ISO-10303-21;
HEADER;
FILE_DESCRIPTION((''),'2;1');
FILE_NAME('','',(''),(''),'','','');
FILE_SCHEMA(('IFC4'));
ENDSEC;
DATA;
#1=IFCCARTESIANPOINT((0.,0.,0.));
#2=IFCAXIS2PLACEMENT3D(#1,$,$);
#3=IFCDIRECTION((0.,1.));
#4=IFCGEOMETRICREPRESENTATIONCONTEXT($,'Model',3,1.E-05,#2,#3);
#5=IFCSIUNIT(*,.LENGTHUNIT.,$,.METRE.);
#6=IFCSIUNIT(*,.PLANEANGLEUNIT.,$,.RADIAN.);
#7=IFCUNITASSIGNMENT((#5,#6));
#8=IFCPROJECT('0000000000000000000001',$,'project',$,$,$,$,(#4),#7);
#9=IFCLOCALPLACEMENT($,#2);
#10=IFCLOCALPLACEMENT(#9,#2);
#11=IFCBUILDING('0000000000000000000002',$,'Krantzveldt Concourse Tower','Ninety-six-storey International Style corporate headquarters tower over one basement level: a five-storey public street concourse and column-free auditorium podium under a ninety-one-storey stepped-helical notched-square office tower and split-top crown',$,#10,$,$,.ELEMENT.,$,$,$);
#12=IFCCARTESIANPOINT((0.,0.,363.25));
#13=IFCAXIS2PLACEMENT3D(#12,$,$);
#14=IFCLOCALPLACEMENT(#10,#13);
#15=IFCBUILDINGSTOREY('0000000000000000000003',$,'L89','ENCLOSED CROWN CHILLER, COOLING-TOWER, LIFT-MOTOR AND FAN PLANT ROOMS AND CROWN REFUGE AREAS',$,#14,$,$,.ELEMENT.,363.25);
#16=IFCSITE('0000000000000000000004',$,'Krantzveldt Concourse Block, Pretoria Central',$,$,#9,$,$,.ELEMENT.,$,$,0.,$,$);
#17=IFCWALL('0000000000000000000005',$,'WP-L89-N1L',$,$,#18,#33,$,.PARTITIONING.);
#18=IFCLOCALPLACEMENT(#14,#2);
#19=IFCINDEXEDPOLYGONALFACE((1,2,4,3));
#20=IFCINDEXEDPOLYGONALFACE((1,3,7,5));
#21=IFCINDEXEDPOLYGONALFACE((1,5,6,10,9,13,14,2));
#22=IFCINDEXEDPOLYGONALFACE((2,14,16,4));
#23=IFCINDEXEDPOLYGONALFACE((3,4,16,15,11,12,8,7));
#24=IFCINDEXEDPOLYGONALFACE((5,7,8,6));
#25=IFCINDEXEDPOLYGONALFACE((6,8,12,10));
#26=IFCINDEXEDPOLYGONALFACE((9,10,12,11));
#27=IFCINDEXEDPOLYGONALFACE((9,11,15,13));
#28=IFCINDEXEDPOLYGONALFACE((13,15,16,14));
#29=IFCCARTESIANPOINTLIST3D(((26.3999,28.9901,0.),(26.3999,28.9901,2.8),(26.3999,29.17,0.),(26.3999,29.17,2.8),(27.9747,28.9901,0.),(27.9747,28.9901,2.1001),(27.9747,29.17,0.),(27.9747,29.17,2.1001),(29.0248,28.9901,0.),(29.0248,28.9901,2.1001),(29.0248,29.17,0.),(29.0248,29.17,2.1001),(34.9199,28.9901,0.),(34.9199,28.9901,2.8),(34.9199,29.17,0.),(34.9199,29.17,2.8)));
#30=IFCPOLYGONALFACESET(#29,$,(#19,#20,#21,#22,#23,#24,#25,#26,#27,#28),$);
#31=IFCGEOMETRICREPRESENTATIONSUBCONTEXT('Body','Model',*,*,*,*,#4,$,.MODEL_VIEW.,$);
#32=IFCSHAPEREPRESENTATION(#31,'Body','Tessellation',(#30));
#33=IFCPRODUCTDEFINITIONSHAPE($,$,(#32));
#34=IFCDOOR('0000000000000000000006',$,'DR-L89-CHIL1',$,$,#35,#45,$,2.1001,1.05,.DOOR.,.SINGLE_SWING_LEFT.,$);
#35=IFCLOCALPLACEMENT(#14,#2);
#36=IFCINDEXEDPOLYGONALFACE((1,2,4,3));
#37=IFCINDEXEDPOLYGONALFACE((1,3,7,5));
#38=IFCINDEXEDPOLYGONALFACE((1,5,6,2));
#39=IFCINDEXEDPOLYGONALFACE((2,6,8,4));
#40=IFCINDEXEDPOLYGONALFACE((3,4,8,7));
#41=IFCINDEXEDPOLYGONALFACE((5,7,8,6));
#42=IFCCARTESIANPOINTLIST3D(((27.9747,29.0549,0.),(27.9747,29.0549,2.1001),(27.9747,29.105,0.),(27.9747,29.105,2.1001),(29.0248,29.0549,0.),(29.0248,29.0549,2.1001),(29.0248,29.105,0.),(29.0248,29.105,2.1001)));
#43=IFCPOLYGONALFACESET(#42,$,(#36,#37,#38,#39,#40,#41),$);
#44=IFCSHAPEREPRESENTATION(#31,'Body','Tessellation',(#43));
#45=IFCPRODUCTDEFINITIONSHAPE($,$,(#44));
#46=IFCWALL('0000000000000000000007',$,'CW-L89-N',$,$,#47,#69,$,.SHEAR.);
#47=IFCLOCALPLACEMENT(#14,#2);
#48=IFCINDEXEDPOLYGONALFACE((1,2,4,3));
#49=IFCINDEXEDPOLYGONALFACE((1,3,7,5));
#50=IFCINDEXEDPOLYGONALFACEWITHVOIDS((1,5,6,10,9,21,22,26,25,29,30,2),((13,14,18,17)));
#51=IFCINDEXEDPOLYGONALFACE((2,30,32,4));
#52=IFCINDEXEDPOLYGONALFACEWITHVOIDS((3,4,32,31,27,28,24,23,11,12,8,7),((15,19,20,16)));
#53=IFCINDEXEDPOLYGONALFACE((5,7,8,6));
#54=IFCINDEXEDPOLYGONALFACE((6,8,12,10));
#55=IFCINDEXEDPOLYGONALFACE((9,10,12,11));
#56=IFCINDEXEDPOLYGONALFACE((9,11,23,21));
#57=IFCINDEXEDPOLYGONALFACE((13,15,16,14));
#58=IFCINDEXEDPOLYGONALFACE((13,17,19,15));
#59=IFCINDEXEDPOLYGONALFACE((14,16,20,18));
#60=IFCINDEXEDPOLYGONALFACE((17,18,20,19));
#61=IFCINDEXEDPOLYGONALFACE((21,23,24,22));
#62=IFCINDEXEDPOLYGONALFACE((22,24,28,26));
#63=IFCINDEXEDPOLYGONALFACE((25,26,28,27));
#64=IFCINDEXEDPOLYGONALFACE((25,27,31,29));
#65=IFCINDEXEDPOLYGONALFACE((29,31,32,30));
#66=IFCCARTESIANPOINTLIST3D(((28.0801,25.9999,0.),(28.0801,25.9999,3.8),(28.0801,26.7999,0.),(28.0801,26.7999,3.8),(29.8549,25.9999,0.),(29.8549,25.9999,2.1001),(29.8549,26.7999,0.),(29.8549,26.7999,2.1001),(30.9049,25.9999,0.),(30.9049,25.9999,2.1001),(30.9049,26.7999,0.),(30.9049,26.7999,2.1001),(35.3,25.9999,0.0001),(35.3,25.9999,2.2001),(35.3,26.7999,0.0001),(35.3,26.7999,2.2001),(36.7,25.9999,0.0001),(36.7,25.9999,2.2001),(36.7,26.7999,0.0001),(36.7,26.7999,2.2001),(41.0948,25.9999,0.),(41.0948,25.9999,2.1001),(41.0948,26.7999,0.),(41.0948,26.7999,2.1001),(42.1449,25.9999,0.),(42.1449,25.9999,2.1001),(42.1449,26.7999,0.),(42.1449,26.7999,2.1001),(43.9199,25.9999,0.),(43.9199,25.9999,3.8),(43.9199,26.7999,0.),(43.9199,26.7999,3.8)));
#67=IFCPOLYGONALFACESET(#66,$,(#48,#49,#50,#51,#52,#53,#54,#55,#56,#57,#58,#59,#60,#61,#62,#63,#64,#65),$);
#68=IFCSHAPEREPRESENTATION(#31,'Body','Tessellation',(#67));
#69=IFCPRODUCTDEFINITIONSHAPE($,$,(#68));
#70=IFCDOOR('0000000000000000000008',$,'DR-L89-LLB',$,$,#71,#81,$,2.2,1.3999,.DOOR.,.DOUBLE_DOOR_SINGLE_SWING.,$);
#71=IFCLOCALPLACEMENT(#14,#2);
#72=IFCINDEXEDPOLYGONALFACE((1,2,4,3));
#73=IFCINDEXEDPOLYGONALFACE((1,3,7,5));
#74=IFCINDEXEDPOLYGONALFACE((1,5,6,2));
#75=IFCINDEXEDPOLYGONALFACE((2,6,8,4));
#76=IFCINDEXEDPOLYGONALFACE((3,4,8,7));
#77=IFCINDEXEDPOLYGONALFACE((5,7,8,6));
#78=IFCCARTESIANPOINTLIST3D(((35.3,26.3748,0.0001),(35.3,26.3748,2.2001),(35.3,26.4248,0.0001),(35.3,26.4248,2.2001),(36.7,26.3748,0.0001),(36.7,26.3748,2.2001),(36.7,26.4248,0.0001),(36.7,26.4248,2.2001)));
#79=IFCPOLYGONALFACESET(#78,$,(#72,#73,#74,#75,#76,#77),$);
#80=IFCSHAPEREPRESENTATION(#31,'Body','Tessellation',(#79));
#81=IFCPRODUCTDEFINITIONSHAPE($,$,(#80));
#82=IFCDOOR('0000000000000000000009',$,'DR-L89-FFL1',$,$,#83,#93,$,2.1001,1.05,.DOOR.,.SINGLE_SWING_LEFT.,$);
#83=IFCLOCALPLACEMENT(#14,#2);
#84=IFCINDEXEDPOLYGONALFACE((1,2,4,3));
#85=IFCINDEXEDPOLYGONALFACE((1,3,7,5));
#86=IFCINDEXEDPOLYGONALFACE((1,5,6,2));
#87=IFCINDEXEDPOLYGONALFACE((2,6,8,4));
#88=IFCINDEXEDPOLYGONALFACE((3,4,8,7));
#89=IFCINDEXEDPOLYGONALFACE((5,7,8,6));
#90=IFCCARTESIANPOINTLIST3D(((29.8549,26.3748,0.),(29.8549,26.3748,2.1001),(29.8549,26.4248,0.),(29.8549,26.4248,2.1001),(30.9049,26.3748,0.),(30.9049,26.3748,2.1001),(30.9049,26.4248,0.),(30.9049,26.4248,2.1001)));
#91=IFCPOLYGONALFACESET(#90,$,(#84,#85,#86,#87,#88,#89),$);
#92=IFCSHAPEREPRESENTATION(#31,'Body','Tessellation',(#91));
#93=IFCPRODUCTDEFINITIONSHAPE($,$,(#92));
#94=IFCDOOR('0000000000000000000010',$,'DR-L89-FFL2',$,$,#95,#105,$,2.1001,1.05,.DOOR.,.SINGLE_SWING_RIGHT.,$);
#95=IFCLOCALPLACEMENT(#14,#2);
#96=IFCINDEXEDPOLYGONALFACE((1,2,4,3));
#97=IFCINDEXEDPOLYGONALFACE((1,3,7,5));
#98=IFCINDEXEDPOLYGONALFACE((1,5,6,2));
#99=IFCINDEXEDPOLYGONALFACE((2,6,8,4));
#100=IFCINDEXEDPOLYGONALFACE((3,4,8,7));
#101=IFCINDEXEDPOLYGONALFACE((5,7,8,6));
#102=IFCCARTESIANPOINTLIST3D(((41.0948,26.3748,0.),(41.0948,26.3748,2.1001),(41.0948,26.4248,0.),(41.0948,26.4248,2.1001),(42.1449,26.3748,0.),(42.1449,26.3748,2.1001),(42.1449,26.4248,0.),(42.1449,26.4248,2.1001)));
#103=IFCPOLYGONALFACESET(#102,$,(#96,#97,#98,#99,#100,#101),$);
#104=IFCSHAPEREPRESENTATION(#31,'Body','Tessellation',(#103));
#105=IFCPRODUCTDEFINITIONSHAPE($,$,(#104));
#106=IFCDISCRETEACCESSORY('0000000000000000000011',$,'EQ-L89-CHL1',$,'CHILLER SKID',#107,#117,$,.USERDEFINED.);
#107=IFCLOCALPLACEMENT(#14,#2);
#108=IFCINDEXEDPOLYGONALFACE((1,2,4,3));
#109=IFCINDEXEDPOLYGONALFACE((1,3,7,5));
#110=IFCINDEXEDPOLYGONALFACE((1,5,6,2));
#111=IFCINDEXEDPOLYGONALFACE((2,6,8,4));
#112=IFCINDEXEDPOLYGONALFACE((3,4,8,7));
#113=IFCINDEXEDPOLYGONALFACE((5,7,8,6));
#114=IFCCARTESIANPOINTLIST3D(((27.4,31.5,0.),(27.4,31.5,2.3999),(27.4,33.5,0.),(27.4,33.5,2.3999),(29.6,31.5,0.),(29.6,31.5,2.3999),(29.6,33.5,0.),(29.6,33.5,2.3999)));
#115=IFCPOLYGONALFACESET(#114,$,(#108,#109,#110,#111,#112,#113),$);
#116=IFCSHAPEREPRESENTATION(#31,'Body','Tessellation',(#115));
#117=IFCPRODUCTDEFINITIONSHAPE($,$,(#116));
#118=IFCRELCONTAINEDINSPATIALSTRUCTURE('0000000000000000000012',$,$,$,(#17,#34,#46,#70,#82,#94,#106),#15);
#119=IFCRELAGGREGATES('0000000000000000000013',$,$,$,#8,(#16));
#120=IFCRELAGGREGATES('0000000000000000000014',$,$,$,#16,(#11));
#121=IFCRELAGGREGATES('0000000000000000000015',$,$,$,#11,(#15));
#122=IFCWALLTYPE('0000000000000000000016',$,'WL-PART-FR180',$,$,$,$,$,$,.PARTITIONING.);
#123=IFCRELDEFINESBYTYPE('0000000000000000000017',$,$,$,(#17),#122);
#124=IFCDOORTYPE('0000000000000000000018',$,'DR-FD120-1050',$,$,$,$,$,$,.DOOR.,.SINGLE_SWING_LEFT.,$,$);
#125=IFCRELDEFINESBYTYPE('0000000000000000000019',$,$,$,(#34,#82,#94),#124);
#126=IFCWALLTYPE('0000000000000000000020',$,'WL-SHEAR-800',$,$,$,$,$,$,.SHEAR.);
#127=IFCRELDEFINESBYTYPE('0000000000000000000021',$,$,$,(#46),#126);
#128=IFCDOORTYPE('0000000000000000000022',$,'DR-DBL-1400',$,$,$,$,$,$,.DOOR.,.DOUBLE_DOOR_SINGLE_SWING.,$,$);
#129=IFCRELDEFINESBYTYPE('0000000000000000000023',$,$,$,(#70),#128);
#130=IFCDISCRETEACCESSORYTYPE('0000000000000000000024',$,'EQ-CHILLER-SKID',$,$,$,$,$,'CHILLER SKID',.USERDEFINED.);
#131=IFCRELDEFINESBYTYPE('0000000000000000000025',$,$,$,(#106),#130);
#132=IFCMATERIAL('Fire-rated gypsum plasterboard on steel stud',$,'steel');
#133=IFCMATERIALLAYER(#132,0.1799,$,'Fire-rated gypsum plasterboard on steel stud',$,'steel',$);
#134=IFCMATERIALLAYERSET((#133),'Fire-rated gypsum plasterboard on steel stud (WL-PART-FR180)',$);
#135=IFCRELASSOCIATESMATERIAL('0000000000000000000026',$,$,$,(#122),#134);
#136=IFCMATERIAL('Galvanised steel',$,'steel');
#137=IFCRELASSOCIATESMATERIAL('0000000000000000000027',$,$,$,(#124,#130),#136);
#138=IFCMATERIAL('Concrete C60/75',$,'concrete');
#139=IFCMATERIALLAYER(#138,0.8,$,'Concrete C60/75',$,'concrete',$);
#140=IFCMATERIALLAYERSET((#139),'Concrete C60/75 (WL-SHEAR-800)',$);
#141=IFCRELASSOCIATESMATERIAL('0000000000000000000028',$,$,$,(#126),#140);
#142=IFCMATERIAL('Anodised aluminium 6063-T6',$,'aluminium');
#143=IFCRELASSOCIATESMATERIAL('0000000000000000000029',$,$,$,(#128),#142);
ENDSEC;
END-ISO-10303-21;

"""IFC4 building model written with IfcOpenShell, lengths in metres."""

from ifc_helpers import new_model, si_unit, direction, frame, frame_2d, origin, origin_2d, place, context, subcontext, project, spatial, rectangle, extrude, source, transform, mapped, material, layer, layer_set, type_object, type_shapes, element, fill, save


model = new_model("IFC4")

# Units and contexts
model_context = context("Model", 3, precision=1e-05, world=origin(), true_north=direction((0.0, 1.0)))
body_context = subcontext(model_context, "Body", "Model", "MODEL_VIEW")
ifc_project = project(units=[si_unit("LENGTHUNIT", "METRE"), si_unit("PLANEANGLEUNIT", "RADIAN")], contexts=[model_context])

# Site, building, storey
site_placement = place(None, origin())
site = spatial("IfcSite", under=ifc_project, at=site_placement, Name="Krantzveldt Concourse Block, Pretoria Central", CompositionType="ELEMENT", RefElevation=0.0)
building_placement = place(site_placement, origin())
building = spatial("IfcBuilding", under=site, at=building_placement, Name="Krantzveldt Concourse Tower", Description="Ninety-six-storey International Style corporate headquarters tower over one basement level: a five-storey public street concourse and column-free auditorium podium under a ninety-one-storey stepped-helical notched-square office tower and split-top crown", CompositionType="ELEMENT")
storey_placement = place(building_placement, frame((0.0, 0.0, 363.25)))
storey = spatial("IfcBuildingStorey", under=building, at=storey_placement, Name="L89", Description="ENCLOSED CROWN CHILLER, COOLING-TOWER, LIFT-MOTOR AND FAN PLANT ROOMS AND CROWN REFUGE AREAS", CompositionType="ELEMENT", Elevation=363.25)

# Shared definitions
ifc_material_1 = material(Name="Anodised aluminium 6063-T6", Category="aluminium")

# Shared definitions
ifc_material_2 = material(Name="Fire-rated gypsum plasterboard on steel stud", Category="steel")

# Wall, opening, door
ifc_layer_1 = layer(ifc_material_2, 0.1799, Name="Fire-rated gypsum plasterboard on steel stud", Category="steel")
ifc_layer_set_1 = layer_set([ifc_layer_1], Name="Fire-rated gypsum plasterboard on steel stud (WL-PART-FR180)")
wall_type_1 = type_object("IfcWallType", Name="WL-PART-FR180", PredefinedType="PARTITIONING", material=ifc_layer_set_1)
wall_1_placement = place(storey_placement, frame((26.3999, 29.0801, 0.0), z_axis=(0.0, 0.0, 1.0), x_axis=(1.0, 0.0, 0.0)))
wall_1 = element("IfcWall", 1, at=wall_1_placement, inside=storey, type_object=wall_type_1, Name="WP-L89-N1L", PredefinedType="PARTITIONING", context=body_context, shape_type="SweptSolid", body=[
    extrude(rectangle(XDim=8.52, YDim=0.1799, at=frame_2d((4.26, 0.0))), origin(), (0.0, 0.0, 1.0), 2.8),
])
opening_1_placement = place(wall_1_placement, frame((1.575, 0.0, 0.0)))
opening_1 = element("IfcOpeningElement", 2, at=opening_1_placement, cuts=wall_1, PredefinedType="OPENING", context=body_context, shape_type="SweptSolid", body=[
    extrude(rectangle(XDim=1.05, YDim=2.1001, at=frame_2d((0.5249, 1.05))), frame((0.0, 0.1001, 0.0), z_axis=(0.0, -1.0, 0.0), x_axis=(1.0, 0.0, 0.0)), (0.0, 0.0, 1.0), 0.2),
])
ifc_material_3 = material(Name="Galvanised steel", Category="steel")
door_type_1 = type_object("IfcDoorType", Name="DR-FD120-1050", OperationType="SINGLE_SWING_LEFT", PredefinedType="DOOR", material=ifc_material_3)
door_1_placement = place(opening_1_placement, origin())
door_1 = element("IfcDoor", 3, at=door_1_placement, inside=storey, type_object=door_type_1, Name="DR-L89-CHIL1", OperationType="SINGLE_SWING_LEFT", OverallHeight=2.1001, OverallWidth=1.05, PredefinedType="DOOR", context=body_context, shape_type="SweptSolid", body=[
    extrude(rectangle(XDim=1.05, YDim=2.1001, at=frame_2d((0.5249, 1.05))), frame((0.0, 0.0249, 0.0), z_axis=(0.0, -1.0, 0.0), x_axis=(1.0, 0.0, 0.0)), (0.0, 0.0, 1.0), 0.05),
])
fill(opening_1, door_1)

# Wall, openings, doors
ifc_material_4 = material(Name="Concrete C60/75", Category="concrete")
ifc_layer_2 = layer(ifc_material_4, 0.8, Name="Concrete C60/75", Category="concrete")
ifc_layer_set_2 = layer_set([ifc_layer_2], Name="Concrete C60/75 (WL-SHEAR-800)")
wall_type_2 = type_object("IfcWallType", Name="WL-SHEAR-800", PredefinedType="SHEAR", material=ifc_layer_set_2)
wall_2_placement = place(storey_placement, frame((28.0801, 26.3999, 0.0), z_axis=(0.0, 0.0, 1.0), x_axis=(1.0, 0.0, 0.0)))
wall_2 = element("IfcWall", 4, at=wall_2_placement, inside=storey, type_object=wall_type_2, Name="CW-L89-N", PredefinedType="SHEAR", context=body_context, shape_type="SweptSolid", body=[
    extrude(rectangle(XDim=15.8398, YDim=0.8, at=frame_2d((7.9199, 0.0))), origin(), (0.0, 0.0, 1.0), 3.8),
])
opening_2_placement = place(wall_2_placement, frame((7.22, 0.0, 0.0)))
opening_2 = element("IfcOpeningElement", 5, at=opening_2_placement, cuts=wall_2, PredefinedType="OPENING", context=body_context, shape_type="SweptSolid", body=[
    extrude(rectangle(XDim=1.3999, YDim=2.2, at=frame_2d((0.7, 1.1001))), frame((0.0, 0.4102, 0.0), z_axis=(0.0, -1.0, 0.0), x_axis=(1.0, 0.0, 0.0)), (0.0, 0.0, 1.0), 0.8201),
])
opening_3_placement = place(wall_2_placement, frame((1.7749, 0.0, 0.0)))
opening_3 = element("IfcOpeningElement", 6, at=opening_3_placement, cuts=wall_2, PredefinedType="OPENING", context=body_context, shape_type="SweptSolid", body=[
    extrude(rectangle(XDim=1.05, YDim=2.1001, at=frame_2d((0.5249, 1.05))), frame((0.0, 0.4102, 0.0), z_axis=(0.0, -1.0, 0.0), x_axis=(1.0, 0.0, 0.0)), (0.0, 0.0, 1.0), 0.8201),
])
opening_4_placement = place(wall_2_placement, frame((13.0149, 0.0, 0.0)))
opening_4 = element("IfcOpeningElement", 7, at=opening_4_placement, cuts=wall_2, PredefinedType="OPENING", context=body_context, shape_type="SweptSolid", body=[
    extrude(rectangle(XDim=1.05, YDim=2.1001, at=frame_2d((0.5249, 1.05))), frame((0.0, 0.4102, 0.0), z_axis=(0.0, -1.0, 0.0), x_axis=(1.0, 0.0, 0.0)), (0.0, 0.0, 1.0), 0.8201),
])
door_type_2 = type_object("IfcDoorType", Name="DR-DBL-1400", OperationType="DOUBLE_DOOR_SINGLE_SWING", PredefinedType="DOOR", material=ifc_material_1)
door_2_placement = place(opening_2_placement, origin())
door_2 = element("IfcDoor", 8, at=door_2_placement, inside=storey, type_object=door_type_2, Name="DR-L89-LLB", OperationType="DOUBLE_DOOR_SINGLE_SWING", OverallHeight=2.2, OverallWidth=1.3999, PredefinedType="DOOR", context=body_context, shape_type="SweptSolid", body=[
    extrude(rectangle(XDim=1.3999, YDim=2.2, at=frame_2d((0.7, 1.1001))), frame((0.0, 0.0249, 0.0), z_axis=(0.0, -1.0, 0.0), x_axis=(1.0, 0.0, 0.0)), (0.0, 0.0, 1.0), 0.05),
])
fill(opening_2, door_2)
door_3_placement = place(opening_3_placement, origin())
door_3 = element("IfcDoor", 9, at=door_3_placement, inside=storey, type_object=door_type_1, Name="DR-L89-FFL1", OperationType="SINGLE_SWING_LEFT", OverallHeight=2.1001, OverallWidth=1.05, PredefinedType="DOOR", context=body_context, shape_type="SweptSolid", body=[
    extrude(rectangle(XDim=1.05, YDim=2.1001, at=frame_2d((0.5249, 1.05))), frame((0.0, 0.0249, 0.0), z_axis=(0.0, -1.0, 0.0), x_axis=(1.0, 0.0, 0.0)), (0.0, 0.0, 1.0), 0.05),
])
fill(opening_3, door_3)
door_4_placement = place(opening_4_placement, origin())
door_4 = element("IfcDoor", 10, at=door_4_placement, inside=storey, type_object=door_type_1, Name="DR-L89-FFL2", OperationType="SINGLE_SWING_RIGHT", OverallHeight=2.1001, OverallWidth=1.05, PredefinedType="DOOR", context=body_context, shape_type="SweptSolid", body=[
    extrude(rectangle(XDim=1.05, YDim=2.1001, at=frame_2d((0.5249, 1.05))), frame((0.0, 0.0249, 0.0), z_axis=(0.0, -1.0, 0.0), x_axis=(1.0, 0.0, 0.0)), (0.0, 0.0, 1.0), 0.05),
])
fill(opening_4, door_4)

# Discrete accessory
discrete_accessory_type = type_object("IfcDiscreteAccessoryType", Name="EQ-CHILLER-SKID", ElementType="CHILLER SKID", PredefinedType="USERDEFINED", material=ifc_material_3)
shared_shape_1 = source(origin(), body_context, "Body", "SweptSolid", [
    extrude(rectangle(XDim=2.2, YDim=2.0, at=origin_2d()), origin(), (0.0, 0.0, 1.0), 2.3999),
])
type_shapes(discrete_accessory_type, [shared_shape_1])
discrete_accessory_placement = place(storey_placement, frame((28.5, 32.5, 0.0), z_axis=(0.0, 0.0, 1.0), x_axis=(1.0, 0.0, 0.0)))
element("IfcDiscreteAccessory", 11, at=discrete_accessory_placement, inside=storey, type_object=discrete_accessory_type, Name="EQ-L89-CHL1", ObjectType="CHILLER SKID", PredefinedType="USERDEFINED", context=body_context, shape_type="MappedRepresentation", body=[
    mapped(shared_shape_1, transform((0.0, 0.0, 0.0), x_axis=(1.0, 0.0, 0.0), y_axis=(0.0, 1.0, 0.0), z_axis=(0.0, 0.0, 1.0), scale=1.0)),
])

save(model, "model.ifc")
